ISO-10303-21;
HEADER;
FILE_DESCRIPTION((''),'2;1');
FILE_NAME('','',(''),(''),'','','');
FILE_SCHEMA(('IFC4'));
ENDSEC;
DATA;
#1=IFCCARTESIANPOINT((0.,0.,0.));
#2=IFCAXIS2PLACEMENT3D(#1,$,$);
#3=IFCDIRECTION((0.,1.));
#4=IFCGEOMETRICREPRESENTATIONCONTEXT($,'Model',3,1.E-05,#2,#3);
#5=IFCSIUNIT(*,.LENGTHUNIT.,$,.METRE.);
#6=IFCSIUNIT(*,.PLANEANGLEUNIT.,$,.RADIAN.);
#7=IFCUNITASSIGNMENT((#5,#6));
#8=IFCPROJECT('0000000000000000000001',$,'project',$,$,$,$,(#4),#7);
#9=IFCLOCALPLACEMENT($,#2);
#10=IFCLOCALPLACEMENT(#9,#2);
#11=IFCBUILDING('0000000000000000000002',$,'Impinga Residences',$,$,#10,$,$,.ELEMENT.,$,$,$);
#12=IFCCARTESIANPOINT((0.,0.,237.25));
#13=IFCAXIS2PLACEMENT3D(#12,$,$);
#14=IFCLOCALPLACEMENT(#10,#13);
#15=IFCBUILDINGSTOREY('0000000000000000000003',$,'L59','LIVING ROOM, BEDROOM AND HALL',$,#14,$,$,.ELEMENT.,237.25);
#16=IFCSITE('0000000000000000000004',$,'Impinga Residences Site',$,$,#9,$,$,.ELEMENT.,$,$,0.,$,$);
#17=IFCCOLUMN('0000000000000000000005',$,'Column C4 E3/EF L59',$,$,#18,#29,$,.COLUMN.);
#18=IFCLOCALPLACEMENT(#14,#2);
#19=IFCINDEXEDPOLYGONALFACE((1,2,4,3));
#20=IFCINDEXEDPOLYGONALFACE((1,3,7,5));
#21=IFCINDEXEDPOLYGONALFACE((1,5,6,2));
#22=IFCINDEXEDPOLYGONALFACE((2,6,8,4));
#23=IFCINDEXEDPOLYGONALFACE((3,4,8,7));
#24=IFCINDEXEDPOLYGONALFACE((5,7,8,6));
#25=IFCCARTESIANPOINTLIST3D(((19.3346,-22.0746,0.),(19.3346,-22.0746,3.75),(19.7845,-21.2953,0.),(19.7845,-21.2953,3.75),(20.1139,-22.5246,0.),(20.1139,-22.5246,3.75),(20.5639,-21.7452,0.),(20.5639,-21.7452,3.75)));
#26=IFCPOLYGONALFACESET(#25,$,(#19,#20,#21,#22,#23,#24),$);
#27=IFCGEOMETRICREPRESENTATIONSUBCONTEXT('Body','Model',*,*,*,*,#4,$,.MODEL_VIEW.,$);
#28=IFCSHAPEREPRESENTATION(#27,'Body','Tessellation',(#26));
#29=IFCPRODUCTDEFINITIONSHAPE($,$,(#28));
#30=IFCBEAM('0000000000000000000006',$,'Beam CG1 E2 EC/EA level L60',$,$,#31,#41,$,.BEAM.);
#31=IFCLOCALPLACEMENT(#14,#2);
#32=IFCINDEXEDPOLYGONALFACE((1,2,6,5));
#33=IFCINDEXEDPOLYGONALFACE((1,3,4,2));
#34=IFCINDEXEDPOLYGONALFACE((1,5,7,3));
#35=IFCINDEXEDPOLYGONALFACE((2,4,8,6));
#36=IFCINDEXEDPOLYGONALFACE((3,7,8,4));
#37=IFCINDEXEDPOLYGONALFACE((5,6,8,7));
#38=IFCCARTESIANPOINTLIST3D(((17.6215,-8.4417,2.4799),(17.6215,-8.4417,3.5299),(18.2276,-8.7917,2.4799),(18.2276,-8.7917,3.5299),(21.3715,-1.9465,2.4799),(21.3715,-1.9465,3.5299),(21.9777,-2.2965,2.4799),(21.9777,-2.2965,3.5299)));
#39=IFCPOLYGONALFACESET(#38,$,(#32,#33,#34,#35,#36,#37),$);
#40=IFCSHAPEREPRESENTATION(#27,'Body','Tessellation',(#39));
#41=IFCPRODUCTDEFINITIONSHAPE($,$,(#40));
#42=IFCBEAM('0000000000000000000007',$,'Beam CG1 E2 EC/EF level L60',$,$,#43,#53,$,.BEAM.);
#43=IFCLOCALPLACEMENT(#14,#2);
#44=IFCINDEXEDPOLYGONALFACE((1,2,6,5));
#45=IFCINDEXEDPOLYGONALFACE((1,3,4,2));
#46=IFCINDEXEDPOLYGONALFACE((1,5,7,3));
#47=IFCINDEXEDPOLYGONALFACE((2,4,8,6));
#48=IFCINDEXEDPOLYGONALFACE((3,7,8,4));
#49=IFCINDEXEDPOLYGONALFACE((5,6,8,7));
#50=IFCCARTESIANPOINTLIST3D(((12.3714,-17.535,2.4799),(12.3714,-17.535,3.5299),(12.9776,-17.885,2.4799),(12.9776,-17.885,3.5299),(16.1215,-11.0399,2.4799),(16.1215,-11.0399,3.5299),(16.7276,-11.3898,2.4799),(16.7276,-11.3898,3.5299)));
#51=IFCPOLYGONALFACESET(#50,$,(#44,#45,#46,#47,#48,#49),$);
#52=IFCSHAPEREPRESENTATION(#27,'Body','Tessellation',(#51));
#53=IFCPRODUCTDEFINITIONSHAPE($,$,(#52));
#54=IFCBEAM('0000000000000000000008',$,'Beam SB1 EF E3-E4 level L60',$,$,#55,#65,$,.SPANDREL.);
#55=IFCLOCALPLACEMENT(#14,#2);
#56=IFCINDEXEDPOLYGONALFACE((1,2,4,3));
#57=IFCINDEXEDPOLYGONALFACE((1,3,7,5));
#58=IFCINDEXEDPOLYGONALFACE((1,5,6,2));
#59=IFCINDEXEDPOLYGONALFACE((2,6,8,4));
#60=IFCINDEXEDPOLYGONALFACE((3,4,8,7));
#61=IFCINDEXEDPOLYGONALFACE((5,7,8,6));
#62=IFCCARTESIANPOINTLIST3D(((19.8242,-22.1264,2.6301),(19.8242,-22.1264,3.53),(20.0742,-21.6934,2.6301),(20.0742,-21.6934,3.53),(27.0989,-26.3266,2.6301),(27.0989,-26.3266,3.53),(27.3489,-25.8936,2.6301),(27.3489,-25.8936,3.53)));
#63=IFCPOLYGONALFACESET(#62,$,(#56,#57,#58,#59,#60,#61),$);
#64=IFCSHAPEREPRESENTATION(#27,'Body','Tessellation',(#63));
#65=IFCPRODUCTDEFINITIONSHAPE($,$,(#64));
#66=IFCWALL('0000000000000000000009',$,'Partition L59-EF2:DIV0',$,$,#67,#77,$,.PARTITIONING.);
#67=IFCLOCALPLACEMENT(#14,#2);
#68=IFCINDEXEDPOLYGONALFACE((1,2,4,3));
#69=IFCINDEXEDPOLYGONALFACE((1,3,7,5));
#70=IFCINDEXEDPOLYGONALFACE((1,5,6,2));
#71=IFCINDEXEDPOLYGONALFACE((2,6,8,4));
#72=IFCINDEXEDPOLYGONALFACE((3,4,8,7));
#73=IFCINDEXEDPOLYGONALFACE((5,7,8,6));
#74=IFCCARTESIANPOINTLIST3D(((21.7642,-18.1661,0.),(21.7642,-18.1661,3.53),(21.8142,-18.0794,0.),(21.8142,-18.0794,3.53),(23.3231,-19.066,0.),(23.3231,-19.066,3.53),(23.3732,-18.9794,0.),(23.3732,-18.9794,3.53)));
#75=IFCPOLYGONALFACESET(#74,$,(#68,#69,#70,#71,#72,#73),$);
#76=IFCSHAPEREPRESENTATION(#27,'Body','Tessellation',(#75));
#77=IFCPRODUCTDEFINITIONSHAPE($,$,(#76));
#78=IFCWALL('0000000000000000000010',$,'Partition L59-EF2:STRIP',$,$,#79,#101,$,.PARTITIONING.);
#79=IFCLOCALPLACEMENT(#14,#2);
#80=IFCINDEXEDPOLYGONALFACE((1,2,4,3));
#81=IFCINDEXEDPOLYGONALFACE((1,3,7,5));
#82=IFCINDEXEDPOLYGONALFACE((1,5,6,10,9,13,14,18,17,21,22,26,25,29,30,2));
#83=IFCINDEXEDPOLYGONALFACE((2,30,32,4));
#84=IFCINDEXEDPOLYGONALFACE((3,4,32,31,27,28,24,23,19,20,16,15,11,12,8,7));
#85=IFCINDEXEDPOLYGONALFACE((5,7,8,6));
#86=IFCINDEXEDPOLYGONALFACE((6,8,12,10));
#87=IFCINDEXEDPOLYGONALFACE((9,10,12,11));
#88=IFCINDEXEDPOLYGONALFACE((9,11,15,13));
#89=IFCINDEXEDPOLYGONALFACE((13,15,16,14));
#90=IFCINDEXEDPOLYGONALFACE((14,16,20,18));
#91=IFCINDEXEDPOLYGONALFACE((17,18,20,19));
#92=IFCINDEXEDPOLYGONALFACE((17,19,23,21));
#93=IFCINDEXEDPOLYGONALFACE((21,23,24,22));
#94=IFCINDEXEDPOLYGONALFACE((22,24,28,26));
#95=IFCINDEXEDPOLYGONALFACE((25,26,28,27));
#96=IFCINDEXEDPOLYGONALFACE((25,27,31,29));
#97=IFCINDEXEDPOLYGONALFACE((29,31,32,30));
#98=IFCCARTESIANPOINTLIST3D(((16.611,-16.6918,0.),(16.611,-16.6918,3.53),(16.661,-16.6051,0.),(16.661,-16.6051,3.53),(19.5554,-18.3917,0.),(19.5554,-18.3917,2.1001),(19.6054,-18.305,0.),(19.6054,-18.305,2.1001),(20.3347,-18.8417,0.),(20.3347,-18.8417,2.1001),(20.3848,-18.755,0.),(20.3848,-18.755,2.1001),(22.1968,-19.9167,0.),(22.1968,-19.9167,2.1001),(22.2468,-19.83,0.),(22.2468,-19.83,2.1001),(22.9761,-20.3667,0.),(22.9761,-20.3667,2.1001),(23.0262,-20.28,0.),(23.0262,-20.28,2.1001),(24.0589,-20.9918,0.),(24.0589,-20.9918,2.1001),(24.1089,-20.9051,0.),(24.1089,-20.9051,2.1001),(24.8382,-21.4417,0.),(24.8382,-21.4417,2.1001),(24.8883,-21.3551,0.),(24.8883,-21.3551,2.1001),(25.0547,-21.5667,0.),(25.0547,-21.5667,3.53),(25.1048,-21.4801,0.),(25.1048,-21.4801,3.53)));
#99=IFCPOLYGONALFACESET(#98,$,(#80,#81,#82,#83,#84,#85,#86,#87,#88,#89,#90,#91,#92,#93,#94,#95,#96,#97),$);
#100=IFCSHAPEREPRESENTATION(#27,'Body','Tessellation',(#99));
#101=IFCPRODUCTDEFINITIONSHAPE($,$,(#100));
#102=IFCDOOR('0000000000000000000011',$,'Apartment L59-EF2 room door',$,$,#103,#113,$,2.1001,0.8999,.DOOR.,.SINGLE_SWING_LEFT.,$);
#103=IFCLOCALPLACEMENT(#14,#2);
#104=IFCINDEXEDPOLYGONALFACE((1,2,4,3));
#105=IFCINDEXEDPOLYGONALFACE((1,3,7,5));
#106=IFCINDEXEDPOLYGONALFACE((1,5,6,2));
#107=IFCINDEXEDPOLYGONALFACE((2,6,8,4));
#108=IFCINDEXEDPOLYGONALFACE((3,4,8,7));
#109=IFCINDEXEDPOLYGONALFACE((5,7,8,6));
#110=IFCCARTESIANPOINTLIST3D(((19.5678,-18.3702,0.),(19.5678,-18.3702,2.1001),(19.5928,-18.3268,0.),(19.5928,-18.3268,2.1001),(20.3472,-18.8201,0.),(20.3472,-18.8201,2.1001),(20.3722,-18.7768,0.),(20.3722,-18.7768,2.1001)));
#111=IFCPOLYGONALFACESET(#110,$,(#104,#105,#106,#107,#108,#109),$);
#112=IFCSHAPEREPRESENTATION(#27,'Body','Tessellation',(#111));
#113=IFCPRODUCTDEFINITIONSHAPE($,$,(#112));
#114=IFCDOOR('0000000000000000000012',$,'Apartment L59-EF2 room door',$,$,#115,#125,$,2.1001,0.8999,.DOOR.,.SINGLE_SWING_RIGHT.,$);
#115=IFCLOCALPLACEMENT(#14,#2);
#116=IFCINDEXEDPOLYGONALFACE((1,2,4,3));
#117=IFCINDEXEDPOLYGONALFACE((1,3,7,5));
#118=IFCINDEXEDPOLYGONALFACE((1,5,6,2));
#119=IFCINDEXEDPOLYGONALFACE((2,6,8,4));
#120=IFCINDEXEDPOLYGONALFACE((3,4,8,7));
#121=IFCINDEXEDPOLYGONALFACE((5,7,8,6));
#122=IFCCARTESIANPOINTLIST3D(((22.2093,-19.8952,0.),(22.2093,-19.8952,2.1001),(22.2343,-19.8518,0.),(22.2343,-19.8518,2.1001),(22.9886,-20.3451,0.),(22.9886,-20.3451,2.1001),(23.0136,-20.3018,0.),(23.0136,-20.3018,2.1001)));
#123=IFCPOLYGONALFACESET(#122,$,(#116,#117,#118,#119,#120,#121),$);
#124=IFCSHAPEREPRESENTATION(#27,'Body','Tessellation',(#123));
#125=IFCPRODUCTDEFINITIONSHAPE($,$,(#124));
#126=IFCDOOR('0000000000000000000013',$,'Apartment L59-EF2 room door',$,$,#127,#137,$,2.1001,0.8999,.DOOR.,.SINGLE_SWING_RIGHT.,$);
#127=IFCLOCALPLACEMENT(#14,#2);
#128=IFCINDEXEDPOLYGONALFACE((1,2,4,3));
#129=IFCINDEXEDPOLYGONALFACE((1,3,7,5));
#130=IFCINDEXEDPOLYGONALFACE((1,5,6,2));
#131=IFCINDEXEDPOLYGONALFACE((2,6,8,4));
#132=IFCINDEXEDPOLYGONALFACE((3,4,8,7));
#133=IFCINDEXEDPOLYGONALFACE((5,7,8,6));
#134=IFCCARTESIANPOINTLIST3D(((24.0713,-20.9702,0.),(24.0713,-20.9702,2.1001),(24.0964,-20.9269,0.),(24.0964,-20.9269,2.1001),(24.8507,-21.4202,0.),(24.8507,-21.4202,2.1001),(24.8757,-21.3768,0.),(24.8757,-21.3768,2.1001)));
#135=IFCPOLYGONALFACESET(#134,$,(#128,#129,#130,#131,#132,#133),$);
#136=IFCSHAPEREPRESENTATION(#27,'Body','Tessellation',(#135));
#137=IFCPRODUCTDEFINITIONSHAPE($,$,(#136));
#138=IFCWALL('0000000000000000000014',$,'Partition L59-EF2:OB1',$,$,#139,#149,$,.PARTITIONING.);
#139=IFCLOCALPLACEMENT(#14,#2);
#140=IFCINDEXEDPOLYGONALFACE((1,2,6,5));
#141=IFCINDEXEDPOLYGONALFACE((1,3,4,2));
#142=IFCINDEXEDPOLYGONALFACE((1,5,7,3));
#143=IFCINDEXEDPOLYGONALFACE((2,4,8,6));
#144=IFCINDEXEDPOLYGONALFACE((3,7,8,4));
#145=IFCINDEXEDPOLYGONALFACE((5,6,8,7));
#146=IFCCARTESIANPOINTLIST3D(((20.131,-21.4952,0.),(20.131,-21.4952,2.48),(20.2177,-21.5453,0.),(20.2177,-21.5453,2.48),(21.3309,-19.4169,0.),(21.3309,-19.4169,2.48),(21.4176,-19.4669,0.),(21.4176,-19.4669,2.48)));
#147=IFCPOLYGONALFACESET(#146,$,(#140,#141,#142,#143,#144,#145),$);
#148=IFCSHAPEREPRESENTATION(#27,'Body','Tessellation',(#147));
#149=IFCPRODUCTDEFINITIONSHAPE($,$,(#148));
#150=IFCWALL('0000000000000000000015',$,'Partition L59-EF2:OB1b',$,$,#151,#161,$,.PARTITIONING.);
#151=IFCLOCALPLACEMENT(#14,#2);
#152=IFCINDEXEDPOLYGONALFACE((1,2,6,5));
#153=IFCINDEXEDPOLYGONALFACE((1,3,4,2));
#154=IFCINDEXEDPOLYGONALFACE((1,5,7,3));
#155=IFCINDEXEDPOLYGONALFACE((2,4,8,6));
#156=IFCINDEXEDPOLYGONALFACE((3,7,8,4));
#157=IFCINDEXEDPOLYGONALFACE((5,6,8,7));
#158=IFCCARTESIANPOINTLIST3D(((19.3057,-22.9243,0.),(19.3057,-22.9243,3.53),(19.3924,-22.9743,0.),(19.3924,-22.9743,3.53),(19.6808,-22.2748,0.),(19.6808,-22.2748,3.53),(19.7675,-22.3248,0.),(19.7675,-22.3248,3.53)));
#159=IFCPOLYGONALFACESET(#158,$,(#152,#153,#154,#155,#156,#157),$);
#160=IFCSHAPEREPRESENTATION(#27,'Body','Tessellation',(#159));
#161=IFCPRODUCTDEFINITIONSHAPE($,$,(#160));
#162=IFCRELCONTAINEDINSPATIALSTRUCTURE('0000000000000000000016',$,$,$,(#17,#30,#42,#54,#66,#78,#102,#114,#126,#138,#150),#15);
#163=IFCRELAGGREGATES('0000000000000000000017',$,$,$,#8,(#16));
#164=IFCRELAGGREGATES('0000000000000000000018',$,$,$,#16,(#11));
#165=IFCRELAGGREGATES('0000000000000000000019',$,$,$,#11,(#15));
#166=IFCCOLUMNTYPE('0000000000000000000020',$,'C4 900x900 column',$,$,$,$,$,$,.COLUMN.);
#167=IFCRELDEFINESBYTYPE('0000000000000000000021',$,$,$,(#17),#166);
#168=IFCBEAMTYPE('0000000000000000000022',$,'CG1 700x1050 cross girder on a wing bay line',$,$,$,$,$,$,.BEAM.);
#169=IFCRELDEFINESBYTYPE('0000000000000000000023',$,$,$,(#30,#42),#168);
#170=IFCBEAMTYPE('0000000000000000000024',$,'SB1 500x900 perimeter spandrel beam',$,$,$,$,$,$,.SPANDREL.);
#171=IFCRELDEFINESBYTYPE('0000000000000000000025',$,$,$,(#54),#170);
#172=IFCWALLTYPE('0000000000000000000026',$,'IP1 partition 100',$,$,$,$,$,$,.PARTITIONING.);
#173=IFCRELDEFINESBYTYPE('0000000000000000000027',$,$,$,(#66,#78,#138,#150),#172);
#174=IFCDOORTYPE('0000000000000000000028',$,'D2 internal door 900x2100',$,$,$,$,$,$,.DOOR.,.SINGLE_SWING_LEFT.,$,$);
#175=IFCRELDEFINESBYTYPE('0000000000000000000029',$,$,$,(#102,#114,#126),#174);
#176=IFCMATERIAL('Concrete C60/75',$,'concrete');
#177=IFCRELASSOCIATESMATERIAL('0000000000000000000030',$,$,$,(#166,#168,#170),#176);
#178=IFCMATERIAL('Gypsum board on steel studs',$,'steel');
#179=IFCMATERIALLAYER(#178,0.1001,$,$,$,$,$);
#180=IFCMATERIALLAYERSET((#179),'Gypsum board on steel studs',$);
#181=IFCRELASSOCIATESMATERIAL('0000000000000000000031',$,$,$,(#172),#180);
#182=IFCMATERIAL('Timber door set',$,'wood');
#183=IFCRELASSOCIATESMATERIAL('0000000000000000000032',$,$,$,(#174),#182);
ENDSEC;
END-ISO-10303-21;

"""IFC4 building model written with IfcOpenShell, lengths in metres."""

from ifc_helpers import new_model, si_unit, direction, frame, frame_2d, origin, origin_2d, place, context, subcontext, project, spatial, rectangle, extrude, material, layer, layer_set, material_profile, profile_set, type_object, element, fill, save


model = new_model("IFC4")

# Units and contexts
model_context = context("Model", 3, precision=1e-05, world=origin(), true_north=direction((0.0, 1.0)))
body_context = subcontext(model_context, "Body", "Model", "MODEL_VIEW")
ifc_project = project(units=[si_unit("LENGTHUNIT", "METRE"), si_unit("PLANEANGLEUNIT", "RADIAN")], contexts=[model_context])

# Site, building, storey
site_placement = place(None, origin())
site = spatial("IfcSite", under=ifc_project, at=site_placement, Name="Impinga Residences Site", CompositionType="ELEMENT", RefElevation=0.0)
building_placement = place(site_placement, origin())
building = spatial("IfcBuilding", under=site, at=building_placement, Name="Impinga Residences", CompositionType="ELEMENT")
storey_placement = place(building_placement, frame((0.0, 0.0, 237.25)))
storey = spatial("IfcBuildingStorey", under=building, at=storey_placement, Name="L59", Description="LIVING ROOM, BEDROOM AND HALL", CompositionType="ELEMENT", Elevation=237.25)

# Column
ifc_material_1 = material(Name="Concrete C60/75", Category="concrete")
ifc_material_profile_1 = material_profile(ifc_material_1, rectangle(XDim=0.8999, YDim=0.8999, at=origin_2d()), Name="RC 900x900")
ifc_profile_set_1 = profile_set([ifc_material_profile_1], Name="Concrete C60/75")
column_type = type_object("IfcColumnType", Name="C4 900x900 column", PredefinedType="COLUMN", material=ifc_profile_set_1)
column_placement = place(storey_placement, frame((19.9492, -21.9099, 0.0), z_axis=(0.0, 0.0, 1.0), x_axis=(-0.5, -0.866025, 0.0)))
element("IfcColumn", 1, at=column_placement, inside=storey, type_object=column_type, Name="Column C4 E3/EF L59", PredefinedType="COLUMN", context=body_context, shape_type="SweptSolid", body=[
    extrude(rectangle(XDim=0.8999, YDim=0.8999, at=origin_2d()), origin(), (0.0, 0.0, 1.0), 3.75),
])

# Beams
ifc_material_profile_2 = material_profile(ifc_material_1, rectangle(XDim=0.7, YDim=1.05, at=origin_2d()), Name="RC 700x1050")
ifc_profile_set_2 = profile_set([ifc_material_profile_2], Name="Concrete C60/75")
beam_type_1 = type_object("IfcBeamType", Name="CG1 700x1050 cross girder on a wing bay line", PredefinedType="BEAM", material=ifc_profile_set_2)
for number, where, z_axis, x_axis, name in (
    (2, (17.9246, -8.6167, 3.0049), (0.500004, 0.866023, 0.0), (-0.866023, 0.500004, 0.0), "Beam CG1 E2 EC/EA level L60"),
    (3, (16.4246, -11.2148, 3.0049), (-0.500004, -0.866023, 0.0), (0.866023, -0.500004, 0.0), "Beam CG1 E2 EC/EF level L60"),
):
    element("IfcBeam", number, at=place(storey_placement, frame(where, z_axis=z_axis, x_axis=x_axis)), inside=storey, type_object=beam_type_1, Name=name, PredefinedType="BEAM", context=body_context, shape_type="SweptSolid", body=[
        extrude(rectangle(XDim=0.7, YDim=1.05, at=origin_2d()), origin(), (0.0, 0.0, 1.0), 7.5),
    ])
ifc_material_profile_3 = material_profile(ifc_material_1, rectangle(XDim=0.5, YDim=0.8999, at=origin_2d()), Name="RC 500x900")
ifc_profile_set_3 = profile_set([ifc_material_profile_3], Name="Concrete C60/75")
beam_type_2 = type_object("IfcBeamType", Name="SB1 500x900 perimeter spandrel beam", PredefinedType="SPANDREL", material=ifc_profile_set_3)
beam_placement = place(storey_placement, frame((19.9492, -21.9099, 3.0801), z_axis=(0.866017, -0.500015, 0.0), x_axis=(0.500015, 0.866017, 0.0)))
element("IfcBeam", 4, at=beam_placement, inside=storey, type_object=beam_type_2, Name="Beam SB1 EF E3-E4 level L60", PredefinedType="SPANDREL", context=body_context, shape_type="SweptSolid", body=[
    extrude(rectangle(XDim=0.5, YDim=0.8999, at=origin_2d()), origin(), (0.0, 0.0, 1.0), 8.4001),
])

# Wall
ifc_material_2 = material(Name="Gypsum board on steel studs", Category="steel")
ifc_layer_1 = layer(ifc_material_2, 0.1001)
ifc_layer_set_1 = layer_set([ifc_layer_1], Name="Gypsum board on steel studs")
wall_type_1 = type_object("IfcWallType", Name="IP1 partition 100", PredefinedType="PARTITIONING", material=ifc_layer_set_1)
wall_1_placement = place(storey_placement, frame((21.7893, -18.1228, 0.0), z_axis=(0.0, 0.0, 1.0), x_axis=(0.866048, -0.499961, 0.0)))
element("IfcWall", 5, at=wall_1_placement, inside=storey, type_object=wall_type_1, Name="Partition L59-EF2:DIV0", PredefinedType="PARTITIONING", context=body_context, shape_type="SweptSolid", body=[
    extrude(rectangle(XDim=1.8, YDim=0.1001, at=frame_2d((0.8999, 0.0))), origin(), (0.0, 0.0, 1.0), 3.53),
])

# Wall, openings, doors
wall_2_placement = place(storey_placement, frame((16.636, -16.6484, 0.0), z_axis=(0.0, 0.0, 1.0), x_axis=(0.866028, -0.499996, 0.0)))
wall_2 = element("IfcWall", 6, at=wall_2_placement, inside=storey, type_object=wall_type_1, Name="Partition L59-EF2:STRIP", PredefinedType="PARTITIONING", context=body_context, shape_type="SweptSolid", body=[
    extrude(rectangle(XDim=9.75, YDim=0.1001, at=frame_2d((4.875, 0.0))), origin(), (0.0, 0.0, 1.0), 3.53),
])
opening_1_placement = place(wall_2_placement, frame((3.3999, 0.0, 0.0)))
opening_1 = element("IfcOpeningElement", 7, at=opening_1_placement, cuts=wall_2, PredefinedType="OPENING", context=body_context, shape_type="SweptSolid", body=[
    extrude(rectangle(XDim=0.8999, YDim=2.1001, at=frame_2d((0.45, 1.05))), frame((0.0, 0.0601, 0.0), z_axis=(0.0, -1.0, 0.0), x_axis=(1.0, 0.0, 0.0)), (0.0, 0.0, 1.0), 0.1201),
])
opening_2_placement = place(wall_2_placement, frame((6.45, 0.0, 0.0)))
opening_2 = element("IfcOpeningElement", 8, at=opening_2_placement, cuts=wall_2, PredefinedType="OPENING", context=body_context, shape_type="SweptSolid", body=[
    extrude(rectangle(XDim=0.8999, YDim=2.1001, at=frame_2d((0.45, 1.05))), frame((0.0, 0.0601, 0.0), z_axis=(0.0, -1.0, 0.0), x_axis=(1.0, 0.0, 0.0)), (0.0, 0.0, 1.0), 0.1201),
])
opening_3_placement = place(wall_2_placement, frame((8.6001, 0.0, 0.0)))
opening_3 = element("IfcOpeningElement", 9, at=opening_3_placement, cuts=wall_2, PredefinedType="OPENING", context=body_context, shape_type="SweptSolid", body=[
    extrude(rectangle(XDim=0.8999, YDim=2.1001, at=frame_2d((0.45, 1.05))), frame((0.0, 0.0601, 0.0), z_axis=(0.0, -1.0, 0.0), x_axis=(1.0, 0.0, 0.0)), (0.0, 0.0, 1.0), 0.1201),
])
ifc_material_3 = material(Name="Timber door set", Category="wood")
door_type = type_object("IfcDoorType", Name="D2 internal door 900x2100", OperationType="SINGLE_SWING_LEFT", PredefinedType="DOOR", material=ifc_material_3)
door_1_placement = place(opening_1_placement, origin())
door_1 = element("IfcDoor", 10, at=door_1_placement, inside=storey, type_object=door_type, Name="Apartment L59-EF2 room door", OperationType="SINGLE_SWING_LEFT", OverallHeight=2.1001, OverallWidth=0.8999, PredefinedType="DOOR", context=body_context, shape_type="SweptSolid", body=[
    extrude(rectangle(XDim=0.8999, YDim=2.1001, at=frame_2d((0.45, 1.05))), frame((0.0, 0.0249, 0.0), z_axis=(0.0, -1.0, 0.0), x_axis=(1.0, 0.0, 0.0)), (0.0, 0.0, 1.0), 0.05),
])
fill(opening_1, door_1)
door_2_placement = place(opening_2_placement, origin())
door_2 = element("IfcDoor", 11, at=door_2_placement, inside=storey, type_object=door_type, Name="Apartment L59-EF2 room door", OperationType="SINGLE_SWING_RIGHT", OverallHeight=2.1001, OverallWidth=0.8999, PredefinedType="DOOR", context=body_context, shape_type="SweptSolid", body=[
    extrude(rectangle(XDim=0.8999, YDim=2.1001, at=frame_2d((0.45, 1.05))), frame((0.0, 0.0249, 0.0), z_axis=(0.0, -1.0, 0.0), x_axis=(1.0, 0.0, 0.0)), (0.0, 0.0, 1.0), 0.05),
])
fill(opening_2, door_2)
door_3_placement = place(opening_3_placement, origin())
door_3 = element("IfcDoor", 12, at=door_3_placement, inside=storey, type_object=door_type, Name="Apartment L59-EF2 room door", OperationType="SINGLE_SWING_RIGHT", OverallHeight=2.1001, OverallWidth=0.8999, PredefinedType="DOOR", context=body_context, shape_type="SweptSolid", body=[
    extrude(rectangle(XDim=0.8999, YDim=2.1001, at=frame_2d((0.45, 1.05))), frame((0.0, 0.0249, 0.0), z_axis=(0.0, -1.0, 0.0), x_axis=(1.0, 0.0, 0.0)), (0.0, 0.0, 1.0), 0.05),
])
fill(opening_3, door_3)

# Walls
wall_3_placement = place(storey_placement, frame((21.3743, -19.4419, 0.0), z_axis=(0.0, 0.0, 1.0), x_axis=(-0.500001, -0.866025, 0.0)))
element("IfcWall", 13, at=wall_3_placement, inside=storey, type_object=wall_type_1, Name="Partition L59-EF2:OB1", PredefinedType="PARTITIONING", context=body_context, shape_type="SweptSolid", body=[
    extrude(rectangle(XDim=2.3999, YDim=0.1001, at=frame_2d((1.2, 0.0))), origin(), (0.0, 0.0, 1.0), 2.48),
])
wall_4_placement = place(storey_placement, frame((19.7241, -22.2998, 0.0), z_axis=(0.0, 0.0, 1.0), x_axis=(-0.500061, -0.86599, 0.0)))
element("IfcWall", 14, at=wall_4_placement, inside=storey, type_object=wall_type_1, Name="Partition L59-EF2:OB1b", PredefinedType="PARTITIONING", context=body_context, shape_type="SweptSolid", body=[
    extrude(rectangle(XDim=0.75, YDim=0.1001, at=frame_2d((0.375, 0.0))), origin(), (0.0, 0.0, 1.0), 3.53),
])

save(model, "model.ifc")
